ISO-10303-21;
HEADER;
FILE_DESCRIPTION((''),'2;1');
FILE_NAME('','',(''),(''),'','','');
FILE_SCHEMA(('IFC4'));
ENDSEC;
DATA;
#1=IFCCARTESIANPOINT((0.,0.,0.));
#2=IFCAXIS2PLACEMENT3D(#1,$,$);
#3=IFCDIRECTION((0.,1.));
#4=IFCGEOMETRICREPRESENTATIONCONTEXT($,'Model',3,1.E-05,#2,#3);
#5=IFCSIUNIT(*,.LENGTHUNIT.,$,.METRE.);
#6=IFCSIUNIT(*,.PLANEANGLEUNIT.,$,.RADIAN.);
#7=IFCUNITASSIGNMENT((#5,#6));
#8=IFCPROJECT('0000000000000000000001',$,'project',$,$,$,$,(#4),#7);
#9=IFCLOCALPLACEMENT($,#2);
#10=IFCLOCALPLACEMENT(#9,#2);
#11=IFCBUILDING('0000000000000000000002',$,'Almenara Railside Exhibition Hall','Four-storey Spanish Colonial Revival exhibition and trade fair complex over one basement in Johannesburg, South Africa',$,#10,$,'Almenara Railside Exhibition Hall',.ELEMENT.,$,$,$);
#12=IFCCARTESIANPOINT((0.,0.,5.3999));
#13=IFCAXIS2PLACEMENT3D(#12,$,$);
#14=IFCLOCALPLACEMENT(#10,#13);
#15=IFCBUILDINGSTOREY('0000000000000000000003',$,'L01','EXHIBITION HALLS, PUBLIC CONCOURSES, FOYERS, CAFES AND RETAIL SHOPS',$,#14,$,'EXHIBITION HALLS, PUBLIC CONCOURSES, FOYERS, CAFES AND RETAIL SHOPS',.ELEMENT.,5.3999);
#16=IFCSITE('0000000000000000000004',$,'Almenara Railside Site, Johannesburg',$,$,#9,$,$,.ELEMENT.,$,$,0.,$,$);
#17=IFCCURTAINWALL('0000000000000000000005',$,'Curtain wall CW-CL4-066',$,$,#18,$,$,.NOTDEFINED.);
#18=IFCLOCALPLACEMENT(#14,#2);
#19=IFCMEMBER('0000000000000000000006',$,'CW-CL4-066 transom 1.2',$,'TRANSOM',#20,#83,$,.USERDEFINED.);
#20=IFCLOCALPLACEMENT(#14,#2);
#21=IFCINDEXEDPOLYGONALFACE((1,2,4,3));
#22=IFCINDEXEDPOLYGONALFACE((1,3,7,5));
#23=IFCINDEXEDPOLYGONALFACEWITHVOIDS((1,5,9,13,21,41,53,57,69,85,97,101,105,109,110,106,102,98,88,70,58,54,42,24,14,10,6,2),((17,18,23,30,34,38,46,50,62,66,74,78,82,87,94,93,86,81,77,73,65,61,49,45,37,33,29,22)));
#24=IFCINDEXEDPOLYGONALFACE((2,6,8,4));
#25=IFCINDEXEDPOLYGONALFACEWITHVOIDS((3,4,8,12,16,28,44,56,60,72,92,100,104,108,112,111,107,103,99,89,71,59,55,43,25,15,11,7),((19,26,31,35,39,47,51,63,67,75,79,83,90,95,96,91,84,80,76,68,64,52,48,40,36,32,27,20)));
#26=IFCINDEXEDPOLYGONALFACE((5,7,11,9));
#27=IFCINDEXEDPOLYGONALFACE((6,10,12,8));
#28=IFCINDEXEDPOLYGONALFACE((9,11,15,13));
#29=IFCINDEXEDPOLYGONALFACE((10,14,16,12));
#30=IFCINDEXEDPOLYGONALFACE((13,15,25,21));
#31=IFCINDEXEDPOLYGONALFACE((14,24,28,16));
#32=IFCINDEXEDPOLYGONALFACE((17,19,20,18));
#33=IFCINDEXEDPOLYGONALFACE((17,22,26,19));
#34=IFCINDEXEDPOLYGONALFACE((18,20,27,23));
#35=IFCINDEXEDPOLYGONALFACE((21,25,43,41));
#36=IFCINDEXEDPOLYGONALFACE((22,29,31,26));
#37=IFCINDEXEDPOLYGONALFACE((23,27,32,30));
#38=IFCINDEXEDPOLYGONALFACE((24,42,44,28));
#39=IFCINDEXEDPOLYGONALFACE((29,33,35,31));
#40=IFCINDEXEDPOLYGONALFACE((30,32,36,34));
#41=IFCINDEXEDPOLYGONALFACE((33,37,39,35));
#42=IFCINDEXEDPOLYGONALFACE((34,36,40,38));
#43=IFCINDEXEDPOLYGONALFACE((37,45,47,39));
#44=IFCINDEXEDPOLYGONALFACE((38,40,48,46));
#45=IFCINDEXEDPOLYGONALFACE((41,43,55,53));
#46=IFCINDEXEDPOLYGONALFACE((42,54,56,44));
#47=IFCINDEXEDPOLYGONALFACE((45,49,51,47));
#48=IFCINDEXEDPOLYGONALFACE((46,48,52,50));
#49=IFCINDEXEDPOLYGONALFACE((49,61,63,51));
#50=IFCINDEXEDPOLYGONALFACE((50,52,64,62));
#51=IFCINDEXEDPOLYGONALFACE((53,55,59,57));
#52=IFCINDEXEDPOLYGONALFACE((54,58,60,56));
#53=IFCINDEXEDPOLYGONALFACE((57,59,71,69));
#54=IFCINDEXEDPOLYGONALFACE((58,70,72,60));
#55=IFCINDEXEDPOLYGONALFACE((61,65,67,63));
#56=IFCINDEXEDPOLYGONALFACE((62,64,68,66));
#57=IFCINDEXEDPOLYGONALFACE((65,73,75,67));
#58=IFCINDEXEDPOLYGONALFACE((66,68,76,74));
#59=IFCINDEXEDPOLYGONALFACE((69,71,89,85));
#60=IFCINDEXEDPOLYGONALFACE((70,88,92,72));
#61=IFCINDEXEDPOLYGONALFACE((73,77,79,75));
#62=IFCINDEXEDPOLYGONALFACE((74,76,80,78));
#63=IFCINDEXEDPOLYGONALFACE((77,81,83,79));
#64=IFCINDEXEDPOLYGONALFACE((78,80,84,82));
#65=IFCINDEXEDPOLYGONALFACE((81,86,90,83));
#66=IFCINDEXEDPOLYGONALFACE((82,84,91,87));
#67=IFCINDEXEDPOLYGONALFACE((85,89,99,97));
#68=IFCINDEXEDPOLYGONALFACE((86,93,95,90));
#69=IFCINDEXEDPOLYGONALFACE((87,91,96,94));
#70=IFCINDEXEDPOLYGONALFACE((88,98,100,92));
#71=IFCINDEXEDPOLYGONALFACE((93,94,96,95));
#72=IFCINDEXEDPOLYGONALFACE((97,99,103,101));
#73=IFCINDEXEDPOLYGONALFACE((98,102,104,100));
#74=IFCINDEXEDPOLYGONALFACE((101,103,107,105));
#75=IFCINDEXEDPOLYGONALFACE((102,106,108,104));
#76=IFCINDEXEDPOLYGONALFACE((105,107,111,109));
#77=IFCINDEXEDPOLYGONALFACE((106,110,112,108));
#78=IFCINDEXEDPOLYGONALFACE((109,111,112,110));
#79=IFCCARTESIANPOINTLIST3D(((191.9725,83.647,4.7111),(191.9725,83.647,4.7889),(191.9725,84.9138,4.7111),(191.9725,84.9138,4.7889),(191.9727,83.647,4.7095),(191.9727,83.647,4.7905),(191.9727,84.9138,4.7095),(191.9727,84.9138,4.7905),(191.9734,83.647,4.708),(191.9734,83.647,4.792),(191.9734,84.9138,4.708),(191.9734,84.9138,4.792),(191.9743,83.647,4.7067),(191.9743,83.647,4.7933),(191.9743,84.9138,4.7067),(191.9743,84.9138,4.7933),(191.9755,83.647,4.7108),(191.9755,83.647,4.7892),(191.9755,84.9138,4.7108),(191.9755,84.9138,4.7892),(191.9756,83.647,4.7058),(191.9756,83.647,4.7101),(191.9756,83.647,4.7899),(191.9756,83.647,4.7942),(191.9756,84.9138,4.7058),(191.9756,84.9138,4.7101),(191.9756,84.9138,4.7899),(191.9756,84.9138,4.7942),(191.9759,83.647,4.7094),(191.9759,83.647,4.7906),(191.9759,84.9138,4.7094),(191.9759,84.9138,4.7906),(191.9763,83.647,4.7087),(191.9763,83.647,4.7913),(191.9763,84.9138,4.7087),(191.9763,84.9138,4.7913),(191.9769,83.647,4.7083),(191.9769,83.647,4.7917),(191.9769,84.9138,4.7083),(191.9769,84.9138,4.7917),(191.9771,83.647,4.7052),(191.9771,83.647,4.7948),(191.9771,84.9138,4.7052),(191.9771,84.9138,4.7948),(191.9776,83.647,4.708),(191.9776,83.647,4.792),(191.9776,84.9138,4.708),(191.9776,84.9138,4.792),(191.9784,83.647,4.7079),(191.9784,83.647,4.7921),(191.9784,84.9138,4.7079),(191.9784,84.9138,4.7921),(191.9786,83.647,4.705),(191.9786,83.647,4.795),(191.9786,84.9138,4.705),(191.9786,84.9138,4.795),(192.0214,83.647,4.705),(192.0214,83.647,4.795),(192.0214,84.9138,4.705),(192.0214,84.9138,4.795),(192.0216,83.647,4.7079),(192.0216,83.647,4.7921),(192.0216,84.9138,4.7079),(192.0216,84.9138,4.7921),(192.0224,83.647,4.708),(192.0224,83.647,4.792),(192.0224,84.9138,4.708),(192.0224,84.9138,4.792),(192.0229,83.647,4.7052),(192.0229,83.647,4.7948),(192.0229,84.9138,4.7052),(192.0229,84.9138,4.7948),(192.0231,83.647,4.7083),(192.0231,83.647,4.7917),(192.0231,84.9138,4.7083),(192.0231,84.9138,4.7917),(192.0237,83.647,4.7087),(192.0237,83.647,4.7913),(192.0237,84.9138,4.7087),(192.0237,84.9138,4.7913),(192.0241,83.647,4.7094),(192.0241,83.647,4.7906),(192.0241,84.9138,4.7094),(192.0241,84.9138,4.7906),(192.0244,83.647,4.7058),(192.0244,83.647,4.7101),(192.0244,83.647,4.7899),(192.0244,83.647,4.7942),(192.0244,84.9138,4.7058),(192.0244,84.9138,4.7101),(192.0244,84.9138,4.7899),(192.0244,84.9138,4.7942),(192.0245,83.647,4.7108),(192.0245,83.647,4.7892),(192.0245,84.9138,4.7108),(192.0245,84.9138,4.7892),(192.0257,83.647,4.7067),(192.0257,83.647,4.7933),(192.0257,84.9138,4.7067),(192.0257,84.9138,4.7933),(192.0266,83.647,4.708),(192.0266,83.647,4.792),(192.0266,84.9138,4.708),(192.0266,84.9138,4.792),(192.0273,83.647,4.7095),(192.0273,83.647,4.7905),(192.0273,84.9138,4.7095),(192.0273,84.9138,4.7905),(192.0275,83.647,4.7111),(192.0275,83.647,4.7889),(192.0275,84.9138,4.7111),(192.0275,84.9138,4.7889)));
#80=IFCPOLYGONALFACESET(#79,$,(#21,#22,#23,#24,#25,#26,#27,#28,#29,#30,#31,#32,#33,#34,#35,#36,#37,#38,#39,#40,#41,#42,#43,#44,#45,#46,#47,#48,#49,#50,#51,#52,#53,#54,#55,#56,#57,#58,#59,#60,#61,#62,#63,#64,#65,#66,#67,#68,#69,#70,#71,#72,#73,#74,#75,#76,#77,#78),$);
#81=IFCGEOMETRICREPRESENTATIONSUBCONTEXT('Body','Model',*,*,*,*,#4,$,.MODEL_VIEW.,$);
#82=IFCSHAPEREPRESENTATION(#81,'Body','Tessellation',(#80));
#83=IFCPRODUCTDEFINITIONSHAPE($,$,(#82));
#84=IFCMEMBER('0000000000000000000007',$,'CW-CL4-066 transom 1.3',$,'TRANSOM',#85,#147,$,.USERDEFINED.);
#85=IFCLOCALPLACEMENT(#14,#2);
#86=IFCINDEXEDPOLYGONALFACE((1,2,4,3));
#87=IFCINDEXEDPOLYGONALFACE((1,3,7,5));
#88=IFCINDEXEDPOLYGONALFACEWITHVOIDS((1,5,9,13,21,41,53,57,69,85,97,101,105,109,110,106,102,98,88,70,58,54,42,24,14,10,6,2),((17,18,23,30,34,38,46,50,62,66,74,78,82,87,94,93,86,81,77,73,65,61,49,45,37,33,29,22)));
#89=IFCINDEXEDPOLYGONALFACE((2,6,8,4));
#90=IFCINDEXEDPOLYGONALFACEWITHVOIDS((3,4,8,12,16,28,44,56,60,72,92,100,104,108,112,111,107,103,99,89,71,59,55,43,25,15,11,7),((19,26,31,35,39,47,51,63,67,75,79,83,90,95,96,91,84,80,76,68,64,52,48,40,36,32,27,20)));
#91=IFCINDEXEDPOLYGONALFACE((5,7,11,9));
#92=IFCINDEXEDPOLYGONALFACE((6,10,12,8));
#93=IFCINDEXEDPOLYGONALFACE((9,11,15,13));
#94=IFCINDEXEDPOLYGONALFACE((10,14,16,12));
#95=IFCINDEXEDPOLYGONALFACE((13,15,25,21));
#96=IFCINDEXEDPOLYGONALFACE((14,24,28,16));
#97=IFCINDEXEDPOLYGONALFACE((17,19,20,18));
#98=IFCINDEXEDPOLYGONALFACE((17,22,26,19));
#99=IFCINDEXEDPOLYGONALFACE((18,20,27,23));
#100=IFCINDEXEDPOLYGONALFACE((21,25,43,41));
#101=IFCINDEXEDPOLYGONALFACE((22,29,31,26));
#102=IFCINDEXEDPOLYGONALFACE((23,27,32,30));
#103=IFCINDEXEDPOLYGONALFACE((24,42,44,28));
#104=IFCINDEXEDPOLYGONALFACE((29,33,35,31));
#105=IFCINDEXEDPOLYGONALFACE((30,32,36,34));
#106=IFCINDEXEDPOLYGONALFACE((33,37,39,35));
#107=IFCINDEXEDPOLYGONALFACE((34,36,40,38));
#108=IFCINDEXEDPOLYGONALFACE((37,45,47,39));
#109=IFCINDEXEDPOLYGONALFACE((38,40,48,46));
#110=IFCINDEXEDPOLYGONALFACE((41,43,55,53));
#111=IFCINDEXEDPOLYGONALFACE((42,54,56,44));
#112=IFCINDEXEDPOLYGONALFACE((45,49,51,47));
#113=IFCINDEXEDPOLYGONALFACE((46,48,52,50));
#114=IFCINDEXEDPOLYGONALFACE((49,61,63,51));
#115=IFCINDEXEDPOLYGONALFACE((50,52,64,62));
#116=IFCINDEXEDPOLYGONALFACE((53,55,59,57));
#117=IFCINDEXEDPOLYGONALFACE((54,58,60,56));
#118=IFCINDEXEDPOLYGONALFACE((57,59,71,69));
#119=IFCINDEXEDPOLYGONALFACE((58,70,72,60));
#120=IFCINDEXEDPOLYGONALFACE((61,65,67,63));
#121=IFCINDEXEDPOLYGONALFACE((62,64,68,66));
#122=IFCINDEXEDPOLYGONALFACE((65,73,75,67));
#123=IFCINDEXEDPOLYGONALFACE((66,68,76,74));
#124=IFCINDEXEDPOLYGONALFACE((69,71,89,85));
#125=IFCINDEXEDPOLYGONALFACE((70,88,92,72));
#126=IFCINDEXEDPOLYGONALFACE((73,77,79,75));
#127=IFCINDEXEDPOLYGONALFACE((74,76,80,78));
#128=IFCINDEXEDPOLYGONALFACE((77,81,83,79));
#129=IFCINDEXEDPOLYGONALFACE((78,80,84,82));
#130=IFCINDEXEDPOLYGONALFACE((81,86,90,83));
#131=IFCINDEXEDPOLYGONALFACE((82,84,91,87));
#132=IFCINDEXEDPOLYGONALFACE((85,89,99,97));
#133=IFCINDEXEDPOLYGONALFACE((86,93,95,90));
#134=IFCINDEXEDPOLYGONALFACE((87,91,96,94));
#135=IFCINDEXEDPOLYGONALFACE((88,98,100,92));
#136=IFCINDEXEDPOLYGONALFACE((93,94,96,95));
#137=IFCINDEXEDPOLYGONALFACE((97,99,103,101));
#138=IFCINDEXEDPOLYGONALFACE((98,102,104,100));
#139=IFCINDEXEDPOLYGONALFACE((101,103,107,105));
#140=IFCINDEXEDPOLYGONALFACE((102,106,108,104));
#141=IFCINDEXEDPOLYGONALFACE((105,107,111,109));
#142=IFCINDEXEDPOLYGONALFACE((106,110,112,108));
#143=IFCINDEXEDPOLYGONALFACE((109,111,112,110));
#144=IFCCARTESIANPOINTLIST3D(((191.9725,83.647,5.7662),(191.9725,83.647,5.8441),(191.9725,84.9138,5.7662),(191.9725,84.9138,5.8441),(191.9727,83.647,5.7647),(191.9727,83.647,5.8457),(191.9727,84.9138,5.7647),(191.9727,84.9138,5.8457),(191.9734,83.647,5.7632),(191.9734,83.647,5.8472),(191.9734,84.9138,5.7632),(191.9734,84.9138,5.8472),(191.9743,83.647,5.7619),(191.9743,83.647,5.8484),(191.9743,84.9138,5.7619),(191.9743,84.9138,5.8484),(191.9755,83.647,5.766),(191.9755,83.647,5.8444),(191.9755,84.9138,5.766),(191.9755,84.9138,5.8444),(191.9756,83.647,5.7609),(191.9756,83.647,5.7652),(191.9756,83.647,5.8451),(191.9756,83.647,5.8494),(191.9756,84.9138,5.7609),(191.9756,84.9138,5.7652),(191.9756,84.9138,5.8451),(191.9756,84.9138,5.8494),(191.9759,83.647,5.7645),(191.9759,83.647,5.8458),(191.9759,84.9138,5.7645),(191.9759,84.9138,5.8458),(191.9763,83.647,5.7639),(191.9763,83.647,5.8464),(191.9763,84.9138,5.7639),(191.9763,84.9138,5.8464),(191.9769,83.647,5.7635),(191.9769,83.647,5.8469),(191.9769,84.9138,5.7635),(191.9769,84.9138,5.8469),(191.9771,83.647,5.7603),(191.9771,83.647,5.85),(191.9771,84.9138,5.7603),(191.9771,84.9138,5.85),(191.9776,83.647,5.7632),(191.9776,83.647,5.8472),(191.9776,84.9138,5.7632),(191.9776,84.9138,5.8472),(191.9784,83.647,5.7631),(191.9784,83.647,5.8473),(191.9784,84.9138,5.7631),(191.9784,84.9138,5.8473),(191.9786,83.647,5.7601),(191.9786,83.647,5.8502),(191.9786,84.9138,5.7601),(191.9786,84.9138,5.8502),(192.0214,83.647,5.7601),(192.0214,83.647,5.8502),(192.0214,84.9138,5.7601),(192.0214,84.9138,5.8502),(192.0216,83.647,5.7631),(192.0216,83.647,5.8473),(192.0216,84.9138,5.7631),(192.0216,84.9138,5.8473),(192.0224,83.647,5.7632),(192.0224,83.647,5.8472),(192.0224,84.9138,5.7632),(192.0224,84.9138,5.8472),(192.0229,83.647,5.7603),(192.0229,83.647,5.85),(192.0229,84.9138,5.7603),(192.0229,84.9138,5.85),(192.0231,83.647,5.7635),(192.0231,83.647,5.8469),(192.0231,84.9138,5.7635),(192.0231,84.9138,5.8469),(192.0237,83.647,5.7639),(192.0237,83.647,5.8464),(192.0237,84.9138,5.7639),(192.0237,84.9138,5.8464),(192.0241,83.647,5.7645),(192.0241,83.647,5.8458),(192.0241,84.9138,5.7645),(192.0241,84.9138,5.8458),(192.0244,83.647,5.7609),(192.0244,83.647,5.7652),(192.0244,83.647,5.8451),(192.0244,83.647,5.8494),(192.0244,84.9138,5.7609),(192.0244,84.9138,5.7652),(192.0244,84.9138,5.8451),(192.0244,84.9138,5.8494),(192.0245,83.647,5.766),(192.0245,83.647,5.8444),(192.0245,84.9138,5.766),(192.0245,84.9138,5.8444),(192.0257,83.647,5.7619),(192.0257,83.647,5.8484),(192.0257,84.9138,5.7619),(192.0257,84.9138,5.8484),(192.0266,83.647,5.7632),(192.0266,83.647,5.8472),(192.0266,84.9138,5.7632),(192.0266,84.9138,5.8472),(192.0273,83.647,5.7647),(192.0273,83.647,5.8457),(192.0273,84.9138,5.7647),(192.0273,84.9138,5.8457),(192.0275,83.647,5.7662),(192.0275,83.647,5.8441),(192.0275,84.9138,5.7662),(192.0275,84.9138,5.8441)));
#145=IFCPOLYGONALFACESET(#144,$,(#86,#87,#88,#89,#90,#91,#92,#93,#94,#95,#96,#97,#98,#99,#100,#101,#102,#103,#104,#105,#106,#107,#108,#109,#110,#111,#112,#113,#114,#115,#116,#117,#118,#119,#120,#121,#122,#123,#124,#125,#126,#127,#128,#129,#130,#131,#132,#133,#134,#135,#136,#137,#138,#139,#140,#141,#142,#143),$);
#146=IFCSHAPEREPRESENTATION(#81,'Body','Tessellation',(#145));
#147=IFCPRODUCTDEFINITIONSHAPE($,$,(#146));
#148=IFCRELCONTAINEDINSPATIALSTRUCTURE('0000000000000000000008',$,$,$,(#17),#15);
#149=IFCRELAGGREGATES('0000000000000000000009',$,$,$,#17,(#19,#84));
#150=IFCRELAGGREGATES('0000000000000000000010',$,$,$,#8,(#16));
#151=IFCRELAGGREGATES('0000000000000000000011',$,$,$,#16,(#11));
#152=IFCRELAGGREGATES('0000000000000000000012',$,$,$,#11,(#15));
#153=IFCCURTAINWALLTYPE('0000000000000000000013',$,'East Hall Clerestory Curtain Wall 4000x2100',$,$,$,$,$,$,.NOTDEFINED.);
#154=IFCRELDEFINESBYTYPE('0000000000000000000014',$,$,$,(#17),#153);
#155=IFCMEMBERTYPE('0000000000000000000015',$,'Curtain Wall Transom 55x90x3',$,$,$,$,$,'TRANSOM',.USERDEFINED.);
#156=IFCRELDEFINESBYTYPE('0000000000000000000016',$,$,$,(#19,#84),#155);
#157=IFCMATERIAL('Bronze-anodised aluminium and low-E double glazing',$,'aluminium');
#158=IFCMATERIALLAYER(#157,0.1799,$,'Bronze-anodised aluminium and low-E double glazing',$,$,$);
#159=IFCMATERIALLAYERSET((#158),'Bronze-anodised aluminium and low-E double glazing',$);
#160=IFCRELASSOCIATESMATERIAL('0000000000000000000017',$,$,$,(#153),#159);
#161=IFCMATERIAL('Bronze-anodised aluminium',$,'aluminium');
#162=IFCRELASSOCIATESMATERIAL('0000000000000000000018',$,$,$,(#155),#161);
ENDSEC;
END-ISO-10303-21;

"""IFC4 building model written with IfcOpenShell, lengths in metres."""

from ifc_helpers import new_model, si_unit, direction, frame, origin, origin_2d, place, context, subcontext, project, spatial, hollow_rectangle, extrude, material, layer, layer_set, material_profile, profile_set, type_object, element, aggregate, save


model = new_model("IFC4")

# Units and contexts
model_context = context("Model", 3, precision=1e-05, world=origin(), true_north=direction((0.0, 1.0)))
body_context = subcontext(model_context, "Body", "Model", "MODEL_VIEW")
ifc_project = project(units=[si_unit("LENGTHUNIT", "METRE"), si_unit("PLANEANGLEUNIT", "RADIAN")], contexts=[model_context])

# Site, building, storey
site_placement = place(None, origin())
site = spatial("IfcSite", under=ifc_project, at=site_placement, Name="Almenara Railside Site, Johannesburg", CompositionType="ELEMENT", RefElevation=0.0)
building_placement = place(site_placement, origin())
building = spatial("IfcBuilding", under=site, at=building_placement, Name="Almenara Railside Exhibition Hall", Description="Four-storey Spanish Colonial Revival exhibition and trade fair complex over one basement in Johannesburg, South Africa", LongName="Almenara Railside Exhibition Hall", CompositionType="ELEMENT")
storey_placement = place(building_placement, frame((0.0, 0.0, 5.3999)))
storey = spatial("IfcBuildingStorey", under=building, at=storey_placement, Name="L01", Description="EXHIBITION HALLS, PUBLIC CONCOURSES, FOYERS, CAFES AND RETAIL SHOPS", LongName="EXHIBITION HALLS, PUBLIC CONCOURSES, FOYERS, CAFES AND RETAIL SHOPS", CompositionType="ELEMENT", Elevation=5.3999)

# Curtain wall, members
ifc_material_1 = material(Name="Bronze-anodised aluminium and low-E double glazing", Category="aluminium")
ifc_layer_1 = layer(ifc_material_1, 0.1799, Name="Bronze-anodised aluminium and low-E double glazing")
ifc_layer_set_1 = layer_set([ifc_layer_1], Name="Bronze-anodised aluminium and low-E double glazing")
curtain_wall_type = type_object("IfcCurtainWallType", Name="East Hall Clerestory Curtain Wall 4000x2100", PredefinedType="NOTDEFINED", material=ifc_layer_set_1)
curtain_wall_placement = place(storey_placement, origin())
curtain_wall = element("IfcCurtainWall", 1, at=curtain_wall_placement, inside=storey, type_object=curtain_wall_type, Name="Curtain wall CW-CL4-066", PredefinedType="NOTDEFINED")
ifc_material_2 = material(Name="Bronze-anodised aluminium", Category="aluminium")
ifc_material_profile_1 = material_profile(ifc_material_2, hollow_rectangle(XDim=0.0549, YDim=0.0901, WallThickness=0.0029, InnerFilletRadius=0.0029, OuterFilletRadius=0.0061, at=origin_2d()), Name="ALU-TRN 55x90x3")
ifc_profile_set_1 = profile_set([ifc_material_profile_1], Name="Bronze-anodised aluminium")
member_type_1 = type_object("IfcMemberType", Name="Curtain Wall Transom 55x90x3", ElementType="TRANSOM", PredefinedType="USERDEFINED", material=ifc_profile_set_1)
member_1_placement = place(storey_placement, frame((192.0, 83.647, 4.75), z_axis=(0.0, 1.0, 0.0), x_axis=(-1.0, 0.0, 0.0)))
member_1 = element("IfcMember", 2, at=member_1_placement, type_object=member_type_1, Name="CW-CL4-066 transom 1.2", ObjectType="TRANSOM", PredefinedType="USERDEFINED", context=body_context, shape_type="SweptSolid", body=[
    extrude(hollow_rectangle(XDim=0.0549, YDim=0.0901, WallThickness=0.0029, InnerFilletRadius=0.0029, OuterFilletRadius=0.0061, at=origin_2d()), origin(), (0.0, 0.0, 1.0), 1.2668),
])
member_2_placement = place(storey_placement, frame((192.0, 83.647, 5.8052), z_axis=(0.0, 1.0, 0.0), x_axis=(-1.0, 0.0, 0.0)))
member_2 = element("IfcMember", 3, at=member_2_placement, type_object=member_type_1, Name="CW-CL4-066 transom 1.3", ObjectType="TRANSOM", PredefinedType="USERDEFINED", context=body_context, shape_type="SweptSolid", body=[
    extrude(hollow_rectangle(XDim=0.0549, YDim=0.0901, WallThickness=0.0029, InnerFilletRadius=0.0029, OuterFilletRadius=0.0061, at=origin_2d()), origin(), (0.0, 0.0, 1.0), 1.2668),
])
aggregate(curtain_wall, [member_1, member_2])

save(model, "model.ifc")
